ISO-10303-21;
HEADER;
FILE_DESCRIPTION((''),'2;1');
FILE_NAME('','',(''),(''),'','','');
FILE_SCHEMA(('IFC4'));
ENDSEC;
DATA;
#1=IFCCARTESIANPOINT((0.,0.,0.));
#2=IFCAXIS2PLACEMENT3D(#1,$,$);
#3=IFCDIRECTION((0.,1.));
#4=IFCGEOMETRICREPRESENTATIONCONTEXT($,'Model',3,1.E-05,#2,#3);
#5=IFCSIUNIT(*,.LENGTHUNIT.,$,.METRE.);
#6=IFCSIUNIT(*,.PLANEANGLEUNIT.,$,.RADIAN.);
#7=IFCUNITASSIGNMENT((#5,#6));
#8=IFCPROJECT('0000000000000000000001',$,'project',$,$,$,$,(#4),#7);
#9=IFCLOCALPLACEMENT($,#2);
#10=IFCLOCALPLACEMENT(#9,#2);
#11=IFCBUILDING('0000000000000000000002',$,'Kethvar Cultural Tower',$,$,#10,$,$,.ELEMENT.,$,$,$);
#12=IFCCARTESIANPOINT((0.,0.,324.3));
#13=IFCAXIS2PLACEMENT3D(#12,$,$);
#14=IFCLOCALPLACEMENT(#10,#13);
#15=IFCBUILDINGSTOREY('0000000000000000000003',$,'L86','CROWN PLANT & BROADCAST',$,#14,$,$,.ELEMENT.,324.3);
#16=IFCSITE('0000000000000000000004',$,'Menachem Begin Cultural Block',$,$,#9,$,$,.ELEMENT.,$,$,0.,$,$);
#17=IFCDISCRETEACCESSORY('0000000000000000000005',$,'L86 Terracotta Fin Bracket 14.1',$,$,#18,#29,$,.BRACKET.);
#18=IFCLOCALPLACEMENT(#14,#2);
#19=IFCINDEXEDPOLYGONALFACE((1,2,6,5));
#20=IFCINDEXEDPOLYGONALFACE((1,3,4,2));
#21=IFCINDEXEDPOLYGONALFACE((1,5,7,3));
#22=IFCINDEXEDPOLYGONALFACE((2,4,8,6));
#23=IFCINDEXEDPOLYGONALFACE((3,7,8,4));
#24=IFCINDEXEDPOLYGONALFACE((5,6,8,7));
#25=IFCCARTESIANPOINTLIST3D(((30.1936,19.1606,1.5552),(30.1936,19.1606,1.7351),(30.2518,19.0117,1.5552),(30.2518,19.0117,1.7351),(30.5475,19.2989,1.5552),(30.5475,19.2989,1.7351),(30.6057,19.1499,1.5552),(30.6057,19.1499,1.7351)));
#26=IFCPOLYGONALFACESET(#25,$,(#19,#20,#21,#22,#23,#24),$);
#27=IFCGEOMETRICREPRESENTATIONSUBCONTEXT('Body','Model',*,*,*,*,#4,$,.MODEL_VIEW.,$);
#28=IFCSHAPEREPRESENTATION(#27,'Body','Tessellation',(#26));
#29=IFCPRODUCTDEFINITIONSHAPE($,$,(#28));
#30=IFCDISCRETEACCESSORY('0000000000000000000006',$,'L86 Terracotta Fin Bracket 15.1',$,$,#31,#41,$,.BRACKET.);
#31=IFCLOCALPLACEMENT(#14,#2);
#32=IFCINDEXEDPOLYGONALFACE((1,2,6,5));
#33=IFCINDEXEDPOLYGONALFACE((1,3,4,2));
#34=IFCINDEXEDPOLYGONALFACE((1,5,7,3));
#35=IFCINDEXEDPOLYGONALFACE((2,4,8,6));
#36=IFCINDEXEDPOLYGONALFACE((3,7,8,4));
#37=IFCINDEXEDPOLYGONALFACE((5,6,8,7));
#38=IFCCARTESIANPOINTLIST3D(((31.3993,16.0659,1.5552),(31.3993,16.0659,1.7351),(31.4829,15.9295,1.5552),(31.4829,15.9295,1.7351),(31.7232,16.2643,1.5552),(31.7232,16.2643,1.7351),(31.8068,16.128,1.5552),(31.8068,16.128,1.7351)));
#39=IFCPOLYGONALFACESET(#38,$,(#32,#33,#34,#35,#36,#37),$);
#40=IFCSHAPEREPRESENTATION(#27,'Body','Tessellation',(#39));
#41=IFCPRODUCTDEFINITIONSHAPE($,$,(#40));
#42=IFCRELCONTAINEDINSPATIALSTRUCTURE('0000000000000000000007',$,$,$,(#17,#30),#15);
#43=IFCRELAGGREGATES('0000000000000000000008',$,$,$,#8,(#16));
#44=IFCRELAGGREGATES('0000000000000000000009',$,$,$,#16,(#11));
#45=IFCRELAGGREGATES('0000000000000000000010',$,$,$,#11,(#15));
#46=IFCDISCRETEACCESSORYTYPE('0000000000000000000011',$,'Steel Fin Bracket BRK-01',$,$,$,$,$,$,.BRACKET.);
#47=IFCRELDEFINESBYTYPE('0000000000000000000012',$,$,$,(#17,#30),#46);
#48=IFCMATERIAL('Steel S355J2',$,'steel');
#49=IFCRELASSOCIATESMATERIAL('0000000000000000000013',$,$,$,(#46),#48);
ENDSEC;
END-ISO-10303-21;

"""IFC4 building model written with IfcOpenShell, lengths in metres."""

from ifc_helpers import new_model, si_unit, direction, frame, origin, origin_2d, place, context, subcontext, project, spatial, rectangle, extrude, source, transform, mapped, material, type_object, element, save


model = new_model("IFC4")

# Units and contexts
model_context = context("Model", 3, precision=1e-05, world=origin(), true_north=direction((0.0, 1.0)))
body_context = subcontext(model_context, "Body", "Model", "MODEL_VIEW")
ifc_project = project(units=[si_unit("LENGTHUNIT", "METRE"), si_unit("PLANEANGLEUNIT", "RADIAN")], contexts=[model_context])

# Site, building, storey
site_placement = place(None, origin())
site = spatial("IfcSite", under=ifc_project, at=site_placement, Name="Menachem Begin Cultural Block", CompositionType="ELEMENT", RefElevation=0.0)
building_placement = place(site_placement, origin())
building = spatial("IfcBuilding", under=site, at=building_placement, Name="Kethvar Cultural Tower", CompositionType="ELEMENT")
storey_placement = place(building_placement, frame((0.0, 0.0, 324.3)))
storey = spatial("IfcBuildingStorey", under=building, at=storey_placement, Name="L86", Description="CROWN PLANT & BROADCAST", CompositionType="ELEMENT", Elevation=324.3)

# Shared definitions
ifc_material_1 = material(Name="Steel S355J2", Category="steel")

# Discrete accessories
discrete_accessory_type = type_object("IfcDiscreteAccessoryType", Name="Steel Fin Bracket BRK-01", PredefinedType="BRACKET", material=ifc_material_1)
shared_shape_1 = source(origin(), body_context, "Body", "SweptSolid", [
    extrude(rectangle(XDim=0.3799, YDim=0.1599, at=origin_2d()), origin(), (0.0, 0.0, 1.0), 0.1799),
])
for number, where, z_axis, x_axis, name in (
    (1, (30.3997, 19.1553, 1.5552), (0.0, 0.0, 1.0), (-0.931437, -0.363902, 0.0), "L86 Terracotta Fin Bracket 14.1"),
    (2, (31.603, 16.0969, 1.5552), (0.0, 0.0, 1.0), (-0.85264, -0.522499, 0.0), "L86 Terracotta Fin Bracket 15.1"),
):
    element("IfcDiscreteAccessory", number, at=place(storey_placement, frame(where, z_axis=z_axis, x_axis=x_axis)), inside=storey, type_object=discrete_accessory_type, Name=name, PredefinedType="BRACKET", context=body_context, shape_type="MappedRepresentation", body=[
        mapped(shared_shape_1, transform((0.0, 0.0, 0.0), scale=1.0)),
    ])

save(model, "model.ifc")
